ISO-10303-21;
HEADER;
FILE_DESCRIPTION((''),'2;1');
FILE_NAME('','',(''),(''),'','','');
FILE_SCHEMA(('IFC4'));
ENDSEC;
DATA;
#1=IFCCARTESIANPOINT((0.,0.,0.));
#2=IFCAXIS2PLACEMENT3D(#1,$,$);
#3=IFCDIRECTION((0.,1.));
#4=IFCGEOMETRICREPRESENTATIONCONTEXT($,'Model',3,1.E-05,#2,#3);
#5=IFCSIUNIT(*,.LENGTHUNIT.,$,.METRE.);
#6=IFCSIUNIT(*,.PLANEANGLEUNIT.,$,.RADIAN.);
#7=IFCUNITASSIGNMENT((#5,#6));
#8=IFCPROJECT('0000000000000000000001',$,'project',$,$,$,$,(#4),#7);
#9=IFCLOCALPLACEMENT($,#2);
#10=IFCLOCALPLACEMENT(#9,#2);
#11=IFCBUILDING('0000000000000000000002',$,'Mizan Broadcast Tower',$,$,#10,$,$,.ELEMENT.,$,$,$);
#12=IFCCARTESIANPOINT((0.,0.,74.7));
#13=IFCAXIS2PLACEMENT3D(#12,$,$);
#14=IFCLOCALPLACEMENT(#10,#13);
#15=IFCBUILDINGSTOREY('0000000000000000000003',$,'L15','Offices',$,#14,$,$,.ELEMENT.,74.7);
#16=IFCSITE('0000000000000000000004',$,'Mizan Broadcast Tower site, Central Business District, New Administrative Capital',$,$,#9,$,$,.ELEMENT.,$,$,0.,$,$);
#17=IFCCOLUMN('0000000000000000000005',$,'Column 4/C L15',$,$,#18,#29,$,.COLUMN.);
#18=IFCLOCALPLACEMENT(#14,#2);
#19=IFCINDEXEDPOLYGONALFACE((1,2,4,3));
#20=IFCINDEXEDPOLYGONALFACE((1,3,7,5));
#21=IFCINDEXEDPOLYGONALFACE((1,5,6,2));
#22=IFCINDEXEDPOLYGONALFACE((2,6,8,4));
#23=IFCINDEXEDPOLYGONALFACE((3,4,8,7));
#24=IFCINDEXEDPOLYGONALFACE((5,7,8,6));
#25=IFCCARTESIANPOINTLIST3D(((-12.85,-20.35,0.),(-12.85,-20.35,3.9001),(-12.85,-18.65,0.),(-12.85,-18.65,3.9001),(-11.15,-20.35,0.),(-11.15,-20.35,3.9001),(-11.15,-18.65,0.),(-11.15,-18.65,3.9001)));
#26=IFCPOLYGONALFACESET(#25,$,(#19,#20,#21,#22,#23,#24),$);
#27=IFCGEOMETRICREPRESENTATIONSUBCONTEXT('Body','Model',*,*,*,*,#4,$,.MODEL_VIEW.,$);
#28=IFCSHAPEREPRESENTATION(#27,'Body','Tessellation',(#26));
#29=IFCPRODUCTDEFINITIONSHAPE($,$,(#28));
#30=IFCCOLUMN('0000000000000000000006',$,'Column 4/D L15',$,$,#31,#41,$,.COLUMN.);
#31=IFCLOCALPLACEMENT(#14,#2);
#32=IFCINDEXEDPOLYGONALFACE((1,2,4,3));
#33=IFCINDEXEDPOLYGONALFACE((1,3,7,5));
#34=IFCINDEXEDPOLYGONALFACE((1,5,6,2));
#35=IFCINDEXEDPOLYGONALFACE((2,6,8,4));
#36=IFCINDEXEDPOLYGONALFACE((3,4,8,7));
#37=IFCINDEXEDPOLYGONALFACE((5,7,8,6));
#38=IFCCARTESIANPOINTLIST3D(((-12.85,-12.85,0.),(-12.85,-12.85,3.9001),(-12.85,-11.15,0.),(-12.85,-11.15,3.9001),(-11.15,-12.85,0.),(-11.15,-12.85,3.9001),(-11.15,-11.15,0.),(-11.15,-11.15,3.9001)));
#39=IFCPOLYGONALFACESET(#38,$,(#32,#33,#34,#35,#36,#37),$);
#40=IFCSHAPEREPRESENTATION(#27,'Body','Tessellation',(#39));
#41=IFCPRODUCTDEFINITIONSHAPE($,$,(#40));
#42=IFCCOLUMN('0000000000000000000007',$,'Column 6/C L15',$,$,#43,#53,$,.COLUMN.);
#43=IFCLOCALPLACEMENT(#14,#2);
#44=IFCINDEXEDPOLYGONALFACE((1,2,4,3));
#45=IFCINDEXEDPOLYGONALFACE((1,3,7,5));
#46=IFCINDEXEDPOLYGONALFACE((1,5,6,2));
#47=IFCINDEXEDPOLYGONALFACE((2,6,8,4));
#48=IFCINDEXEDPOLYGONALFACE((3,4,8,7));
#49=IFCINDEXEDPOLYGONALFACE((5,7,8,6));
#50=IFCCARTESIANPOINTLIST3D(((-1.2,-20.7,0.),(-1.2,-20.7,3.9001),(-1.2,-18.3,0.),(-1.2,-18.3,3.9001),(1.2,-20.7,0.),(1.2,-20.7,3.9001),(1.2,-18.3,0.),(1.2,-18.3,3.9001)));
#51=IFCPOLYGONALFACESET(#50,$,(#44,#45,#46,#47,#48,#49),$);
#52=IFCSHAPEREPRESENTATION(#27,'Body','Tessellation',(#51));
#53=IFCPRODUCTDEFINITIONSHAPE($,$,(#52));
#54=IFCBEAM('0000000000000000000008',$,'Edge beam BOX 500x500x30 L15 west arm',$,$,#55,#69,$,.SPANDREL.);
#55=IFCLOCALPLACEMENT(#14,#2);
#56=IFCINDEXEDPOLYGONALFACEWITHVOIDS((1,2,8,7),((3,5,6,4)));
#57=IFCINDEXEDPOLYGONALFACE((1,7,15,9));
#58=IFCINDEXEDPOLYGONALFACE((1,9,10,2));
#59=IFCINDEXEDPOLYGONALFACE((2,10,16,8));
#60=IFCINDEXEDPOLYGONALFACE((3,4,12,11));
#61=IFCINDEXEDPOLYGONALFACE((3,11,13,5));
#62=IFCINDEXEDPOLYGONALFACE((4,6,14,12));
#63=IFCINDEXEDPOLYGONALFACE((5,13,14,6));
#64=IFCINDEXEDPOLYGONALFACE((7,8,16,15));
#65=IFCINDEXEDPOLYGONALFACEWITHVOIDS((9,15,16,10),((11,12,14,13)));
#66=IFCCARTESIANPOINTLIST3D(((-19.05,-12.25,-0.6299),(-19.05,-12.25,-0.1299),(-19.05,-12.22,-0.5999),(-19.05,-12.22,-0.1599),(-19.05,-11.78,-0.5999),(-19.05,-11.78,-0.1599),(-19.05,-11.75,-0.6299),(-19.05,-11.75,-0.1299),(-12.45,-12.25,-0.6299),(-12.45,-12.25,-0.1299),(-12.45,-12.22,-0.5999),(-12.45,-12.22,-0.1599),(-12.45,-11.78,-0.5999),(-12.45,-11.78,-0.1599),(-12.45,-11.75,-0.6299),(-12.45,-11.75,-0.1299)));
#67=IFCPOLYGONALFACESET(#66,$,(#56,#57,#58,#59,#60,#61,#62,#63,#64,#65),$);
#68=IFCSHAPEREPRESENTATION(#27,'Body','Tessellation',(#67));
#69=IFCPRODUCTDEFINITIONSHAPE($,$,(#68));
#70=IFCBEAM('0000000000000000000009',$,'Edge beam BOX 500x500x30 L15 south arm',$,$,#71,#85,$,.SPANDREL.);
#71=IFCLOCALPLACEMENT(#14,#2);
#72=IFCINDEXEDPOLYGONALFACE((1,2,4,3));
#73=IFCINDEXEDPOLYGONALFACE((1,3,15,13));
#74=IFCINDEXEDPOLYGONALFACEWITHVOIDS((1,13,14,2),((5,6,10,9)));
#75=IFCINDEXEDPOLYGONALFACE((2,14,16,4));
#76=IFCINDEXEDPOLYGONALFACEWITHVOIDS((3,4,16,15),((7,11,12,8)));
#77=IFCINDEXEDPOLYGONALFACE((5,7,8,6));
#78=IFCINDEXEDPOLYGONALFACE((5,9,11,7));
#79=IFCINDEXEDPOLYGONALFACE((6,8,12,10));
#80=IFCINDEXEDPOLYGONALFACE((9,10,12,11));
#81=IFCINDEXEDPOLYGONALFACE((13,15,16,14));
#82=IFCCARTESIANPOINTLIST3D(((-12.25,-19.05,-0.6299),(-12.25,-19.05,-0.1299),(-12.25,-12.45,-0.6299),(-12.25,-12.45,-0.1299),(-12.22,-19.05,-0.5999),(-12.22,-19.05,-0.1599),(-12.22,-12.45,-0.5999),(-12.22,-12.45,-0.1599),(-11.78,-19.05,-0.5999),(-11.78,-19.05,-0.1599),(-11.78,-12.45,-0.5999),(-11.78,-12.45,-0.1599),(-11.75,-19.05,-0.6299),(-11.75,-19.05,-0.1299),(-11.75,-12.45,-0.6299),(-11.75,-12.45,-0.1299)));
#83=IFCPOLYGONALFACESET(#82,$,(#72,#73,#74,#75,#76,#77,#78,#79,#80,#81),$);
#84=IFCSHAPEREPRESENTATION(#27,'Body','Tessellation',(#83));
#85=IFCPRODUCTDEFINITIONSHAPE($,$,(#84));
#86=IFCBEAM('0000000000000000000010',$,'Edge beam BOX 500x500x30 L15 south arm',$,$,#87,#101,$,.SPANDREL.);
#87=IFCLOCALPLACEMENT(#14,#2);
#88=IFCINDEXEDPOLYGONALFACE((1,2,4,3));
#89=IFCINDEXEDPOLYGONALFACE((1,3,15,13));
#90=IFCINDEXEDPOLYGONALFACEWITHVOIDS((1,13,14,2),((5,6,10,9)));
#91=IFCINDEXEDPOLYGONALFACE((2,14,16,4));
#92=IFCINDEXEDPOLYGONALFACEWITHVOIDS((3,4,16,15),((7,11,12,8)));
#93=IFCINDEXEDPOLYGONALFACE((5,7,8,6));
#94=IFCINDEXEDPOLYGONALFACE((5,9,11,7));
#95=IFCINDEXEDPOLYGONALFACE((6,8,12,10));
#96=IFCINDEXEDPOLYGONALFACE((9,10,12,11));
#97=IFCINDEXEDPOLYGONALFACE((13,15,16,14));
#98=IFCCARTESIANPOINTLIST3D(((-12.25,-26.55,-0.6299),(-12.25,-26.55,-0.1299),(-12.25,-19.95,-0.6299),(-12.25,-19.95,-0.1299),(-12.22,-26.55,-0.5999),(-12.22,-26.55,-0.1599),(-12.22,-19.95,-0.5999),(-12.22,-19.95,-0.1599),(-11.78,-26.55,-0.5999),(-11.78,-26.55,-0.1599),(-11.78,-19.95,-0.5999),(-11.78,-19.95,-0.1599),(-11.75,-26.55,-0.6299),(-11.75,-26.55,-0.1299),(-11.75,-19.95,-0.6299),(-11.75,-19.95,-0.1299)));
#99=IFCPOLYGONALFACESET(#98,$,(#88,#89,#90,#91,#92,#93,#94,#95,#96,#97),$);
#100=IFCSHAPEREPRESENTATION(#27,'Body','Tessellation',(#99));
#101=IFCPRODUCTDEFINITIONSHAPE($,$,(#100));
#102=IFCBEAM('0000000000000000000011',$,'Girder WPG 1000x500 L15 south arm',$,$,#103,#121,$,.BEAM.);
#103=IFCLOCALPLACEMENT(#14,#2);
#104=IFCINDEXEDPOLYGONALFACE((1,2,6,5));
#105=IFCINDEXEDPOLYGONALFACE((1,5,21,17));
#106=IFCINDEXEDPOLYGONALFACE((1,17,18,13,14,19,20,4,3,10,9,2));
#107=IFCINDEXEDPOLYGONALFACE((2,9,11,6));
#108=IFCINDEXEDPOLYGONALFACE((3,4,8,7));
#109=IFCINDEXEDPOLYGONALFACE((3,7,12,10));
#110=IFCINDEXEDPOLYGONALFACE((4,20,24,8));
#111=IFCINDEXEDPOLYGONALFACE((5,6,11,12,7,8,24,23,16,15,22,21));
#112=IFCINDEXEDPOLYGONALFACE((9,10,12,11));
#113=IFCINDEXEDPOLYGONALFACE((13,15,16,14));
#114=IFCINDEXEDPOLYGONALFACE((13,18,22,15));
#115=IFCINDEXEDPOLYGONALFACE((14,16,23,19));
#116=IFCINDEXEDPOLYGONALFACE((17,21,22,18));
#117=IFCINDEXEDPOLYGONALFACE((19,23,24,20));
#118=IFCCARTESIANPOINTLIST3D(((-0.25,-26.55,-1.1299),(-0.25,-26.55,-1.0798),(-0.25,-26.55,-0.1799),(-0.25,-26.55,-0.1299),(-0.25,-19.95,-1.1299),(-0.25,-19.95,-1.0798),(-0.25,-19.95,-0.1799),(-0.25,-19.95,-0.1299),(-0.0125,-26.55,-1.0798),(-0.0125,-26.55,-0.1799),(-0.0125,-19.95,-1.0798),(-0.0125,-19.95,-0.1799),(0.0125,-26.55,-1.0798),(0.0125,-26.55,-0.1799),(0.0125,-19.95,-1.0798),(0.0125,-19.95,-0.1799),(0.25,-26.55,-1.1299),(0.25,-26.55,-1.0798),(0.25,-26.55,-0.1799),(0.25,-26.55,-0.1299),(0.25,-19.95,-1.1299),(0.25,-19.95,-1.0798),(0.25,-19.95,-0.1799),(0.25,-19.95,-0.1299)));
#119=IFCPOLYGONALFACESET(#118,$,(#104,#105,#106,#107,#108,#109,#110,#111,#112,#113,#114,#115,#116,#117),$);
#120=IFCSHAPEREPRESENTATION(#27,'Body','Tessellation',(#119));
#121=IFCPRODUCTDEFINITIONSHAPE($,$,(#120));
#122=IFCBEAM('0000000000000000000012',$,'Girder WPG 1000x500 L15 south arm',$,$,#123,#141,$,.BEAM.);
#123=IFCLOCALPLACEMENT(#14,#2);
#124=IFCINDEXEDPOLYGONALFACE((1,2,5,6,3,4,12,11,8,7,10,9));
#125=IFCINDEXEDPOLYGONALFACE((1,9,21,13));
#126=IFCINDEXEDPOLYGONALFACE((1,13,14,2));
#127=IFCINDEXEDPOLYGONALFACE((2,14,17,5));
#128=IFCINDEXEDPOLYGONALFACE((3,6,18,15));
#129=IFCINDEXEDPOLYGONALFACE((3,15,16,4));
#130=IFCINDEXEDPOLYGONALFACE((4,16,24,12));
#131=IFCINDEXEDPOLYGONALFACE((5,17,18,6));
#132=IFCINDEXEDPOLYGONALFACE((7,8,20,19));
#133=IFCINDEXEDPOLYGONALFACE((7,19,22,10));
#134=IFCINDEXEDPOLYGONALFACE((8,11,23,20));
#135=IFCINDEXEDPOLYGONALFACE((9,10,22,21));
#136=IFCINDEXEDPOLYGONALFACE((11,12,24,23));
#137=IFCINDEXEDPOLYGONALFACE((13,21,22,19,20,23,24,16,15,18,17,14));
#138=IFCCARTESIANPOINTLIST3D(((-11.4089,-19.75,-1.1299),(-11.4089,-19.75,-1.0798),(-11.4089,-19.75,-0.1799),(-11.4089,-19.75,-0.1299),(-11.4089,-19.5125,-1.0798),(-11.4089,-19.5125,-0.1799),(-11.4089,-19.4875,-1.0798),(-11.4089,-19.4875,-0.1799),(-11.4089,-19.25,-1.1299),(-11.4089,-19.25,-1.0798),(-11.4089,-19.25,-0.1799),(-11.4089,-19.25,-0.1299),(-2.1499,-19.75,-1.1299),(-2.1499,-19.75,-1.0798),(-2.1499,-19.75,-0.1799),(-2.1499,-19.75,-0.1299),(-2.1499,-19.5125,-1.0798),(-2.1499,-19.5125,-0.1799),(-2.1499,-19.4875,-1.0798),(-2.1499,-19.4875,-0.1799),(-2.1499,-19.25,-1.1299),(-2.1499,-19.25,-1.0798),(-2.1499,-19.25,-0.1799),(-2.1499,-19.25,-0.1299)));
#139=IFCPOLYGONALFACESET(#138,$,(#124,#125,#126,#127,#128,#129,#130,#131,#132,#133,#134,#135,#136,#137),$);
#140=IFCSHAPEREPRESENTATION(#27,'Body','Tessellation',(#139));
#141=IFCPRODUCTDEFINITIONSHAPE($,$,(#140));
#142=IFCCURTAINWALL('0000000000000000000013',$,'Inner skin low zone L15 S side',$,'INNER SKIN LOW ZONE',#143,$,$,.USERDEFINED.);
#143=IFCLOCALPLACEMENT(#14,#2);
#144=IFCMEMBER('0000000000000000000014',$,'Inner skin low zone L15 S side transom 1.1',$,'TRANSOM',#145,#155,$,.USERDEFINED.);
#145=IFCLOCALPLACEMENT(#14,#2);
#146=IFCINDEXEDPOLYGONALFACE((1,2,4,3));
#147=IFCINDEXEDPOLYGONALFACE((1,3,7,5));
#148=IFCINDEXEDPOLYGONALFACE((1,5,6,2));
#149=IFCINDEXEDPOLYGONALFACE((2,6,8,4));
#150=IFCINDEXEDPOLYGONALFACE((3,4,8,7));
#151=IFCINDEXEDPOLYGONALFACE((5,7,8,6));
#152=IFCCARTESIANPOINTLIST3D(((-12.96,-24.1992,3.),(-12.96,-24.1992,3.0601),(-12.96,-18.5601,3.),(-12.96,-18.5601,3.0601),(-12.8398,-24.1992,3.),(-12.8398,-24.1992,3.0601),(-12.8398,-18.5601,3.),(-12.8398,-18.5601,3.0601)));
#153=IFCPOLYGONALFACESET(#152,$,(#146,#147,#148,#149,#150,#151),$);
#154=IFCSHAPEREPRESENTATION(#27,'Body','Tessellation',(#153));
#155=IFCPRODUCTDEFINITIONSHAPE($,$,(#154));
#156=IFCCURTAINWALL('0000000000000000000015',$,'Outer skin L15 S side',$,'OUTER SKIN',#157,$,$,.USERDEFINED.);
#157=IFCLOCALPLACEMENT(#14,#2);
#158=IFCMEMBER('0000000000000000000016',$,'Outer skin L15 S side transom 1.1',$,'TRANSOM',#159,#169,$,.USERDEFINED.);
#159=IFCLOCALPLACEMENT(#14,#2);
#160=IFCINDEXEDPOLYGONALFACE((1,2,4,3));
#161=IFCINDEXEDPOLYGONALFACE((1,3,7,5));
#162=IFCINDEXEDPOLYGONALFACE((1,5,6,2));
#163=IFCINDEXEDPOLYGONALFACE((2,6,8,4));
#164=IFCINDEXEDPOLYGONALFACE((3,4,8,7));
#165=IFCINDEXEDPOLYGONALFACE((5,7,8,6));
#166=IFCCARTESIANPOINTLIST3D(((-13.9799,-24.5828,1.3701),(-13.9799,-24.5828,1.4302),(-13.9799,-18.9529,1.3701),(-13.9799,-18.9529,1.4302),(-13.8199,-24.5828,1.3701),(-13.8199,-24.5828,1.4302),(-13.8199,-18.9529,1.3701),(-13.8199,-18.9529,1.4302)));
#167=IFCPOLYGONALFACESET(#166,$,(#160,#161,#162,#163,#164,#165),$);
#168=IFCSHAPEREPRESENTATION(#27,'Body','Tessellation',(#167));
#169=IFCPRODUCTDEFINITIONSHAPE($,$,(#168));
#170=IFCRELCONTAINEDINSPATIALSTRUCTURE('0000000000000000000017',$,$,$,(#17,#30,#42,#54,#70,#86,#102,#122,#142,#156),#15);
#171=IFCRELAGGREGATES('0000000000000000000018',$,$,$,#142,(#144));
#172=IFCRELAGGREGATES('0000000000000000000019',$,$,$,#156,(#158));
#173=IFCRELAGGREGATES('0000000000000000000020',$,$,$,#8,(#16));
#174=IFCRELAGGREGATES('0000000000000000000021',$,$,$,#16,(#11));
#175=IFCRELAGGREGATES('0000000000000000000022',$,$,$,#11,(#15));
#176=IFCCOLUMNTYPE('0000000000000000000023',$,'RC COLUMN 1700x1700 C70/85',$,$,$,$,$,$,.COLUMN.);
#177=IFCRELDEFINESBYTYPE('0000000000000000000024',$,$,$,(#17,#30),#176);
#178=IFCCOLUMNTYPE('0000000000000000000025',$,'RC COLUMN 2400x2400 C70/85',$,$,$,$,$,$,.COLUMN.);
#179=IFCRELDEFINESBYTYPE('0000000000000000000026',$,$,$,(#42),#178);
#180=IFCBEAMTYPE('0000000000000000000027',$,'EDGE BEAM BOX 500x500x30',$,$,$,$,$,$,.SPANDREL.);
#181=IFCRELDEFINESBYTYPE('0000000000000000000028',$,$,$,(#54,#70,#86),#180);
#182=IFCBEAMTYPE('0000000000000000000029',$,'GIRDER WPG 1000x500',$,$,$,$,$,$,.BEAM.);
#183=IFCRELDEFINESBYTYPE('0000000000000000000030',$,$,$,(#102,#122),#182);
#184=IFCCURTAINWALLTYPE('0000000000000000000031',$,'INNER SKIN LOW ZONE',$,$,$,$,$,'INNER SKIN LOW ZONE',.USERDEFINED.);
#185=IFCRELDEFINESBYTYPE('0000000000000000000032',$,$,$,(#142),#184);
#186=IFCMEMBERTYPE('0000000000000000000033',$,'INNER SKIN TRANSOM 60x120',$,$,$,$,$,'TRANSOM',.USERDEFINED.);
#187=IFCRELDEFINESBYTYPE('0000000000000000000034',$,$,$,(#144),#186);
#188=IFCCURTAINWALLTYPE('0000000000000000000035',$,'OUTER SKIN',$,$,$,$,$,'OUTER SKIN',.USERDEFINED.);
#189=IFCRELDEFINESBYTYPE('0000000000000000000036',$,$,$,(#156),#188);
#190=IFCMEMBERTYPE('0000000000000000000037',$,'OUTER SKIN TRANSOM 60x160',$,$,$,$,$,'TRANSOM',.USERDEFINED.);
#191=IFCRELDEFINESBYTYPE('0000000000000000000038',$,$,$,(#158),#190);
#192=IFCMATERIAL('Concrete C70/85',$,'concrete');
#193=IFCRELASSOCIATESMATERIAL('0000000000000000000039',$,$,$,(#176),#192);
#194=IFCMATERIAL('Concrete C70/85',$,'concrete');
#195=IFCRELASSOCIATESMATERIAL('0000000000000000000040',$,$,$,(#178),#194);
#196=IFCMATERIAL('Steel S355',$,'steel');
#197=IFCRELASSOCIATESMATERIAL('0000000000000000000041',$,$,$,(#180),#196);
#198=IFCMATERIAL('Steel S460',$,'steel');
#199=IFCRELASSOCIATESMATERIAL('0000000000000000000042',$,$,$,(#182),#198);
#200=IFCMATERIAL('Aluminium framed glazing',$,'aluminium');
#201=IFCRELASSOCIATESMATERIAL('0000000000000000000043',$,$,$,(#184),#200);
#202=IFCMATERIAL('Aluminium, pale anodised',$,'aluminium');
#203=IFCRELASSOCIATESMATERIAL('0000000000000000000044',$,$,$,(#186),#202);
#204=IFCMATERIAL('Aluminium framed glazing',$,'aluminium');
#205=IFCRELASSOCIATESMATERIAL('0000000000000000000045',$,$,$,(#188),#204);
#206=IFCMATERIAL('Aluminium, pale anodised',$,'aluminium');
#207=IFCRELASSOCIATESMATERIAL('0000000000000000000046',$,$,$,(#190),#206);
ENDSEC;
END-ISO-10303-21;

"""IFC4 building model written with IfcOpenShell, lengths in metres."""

from ifc_helpers import new_model, si_unit, direction, frame, origin, origin_2d, place, context, subcontext, project, spatial, rectangle, hollow_rectangle, i_section, extrude, material, material_profile, profile_set, type_object, element, aggregate, save


model = new_model("IFC4")

# Units and contexts
model_context = context("Model", 3, precision=1e-05, world=origin(), true_north=direction((0.0, 1.0)))
body_context = subcontext(model_context, "Body", "Model", "MODEL_VIEW")
ifc_project = project(units=[si_unit("LENGTHUNIT", "METRE"), si_unit("PLANEANGLEUNIT", "RADIAN")], contexts=[model_context])

# Site, building, storey
site_placement = place(None, origin())
site = spatial("IfcSite", under=ifc_project, at=site_placement, Name="Mizan Broadcast Tower site, Central Business District, New Administrative Capital", CompositionType="ELEMENT", RefElevation=0.0)
building_placement = place(site_placement, origin())
building = spatial("IfcBuilding", under=site, at=building_placement, Name="Mizan Broadcast Tower", CompositionType="ELEMENT")
storey_placement = place(building_placement, frame((0.0, 0.0, 74.7)))
storey = spatial("IfcBuildingStorey", under=building, at=storey_placement, Name="L15", Description="Offices", CompositionType="ELEMENT", Elevation=74.7)

# Columns
ifc_material_1 = material(Name="Concrete C70/85", Category="concrete")
ifc_material_profile_1 = material_profile(ifc_material_1, rectangle(XDim=1.7, YDim=1.7, at=origin_2d()), Name="RC 1700x1700")
ifc_profile_set_1 = profile_set([ifc_material_profile_1], Name="Concrete C70/85")
column_type_1 = type_object("IfcColumnType", Name="RC COLUMN 1700x1700 C70/85", PredefinedType="COLUMN", material=ifc_profile_set_1)
for number, where, z_axis, x_axis, name in (
    (1, (-12.0, -19.5, 0.0), (0.0, 0.0, 1.0), (1.0, 0.0, 0.0), "Column 4/C L15"),
    (2, (-12.0, -12.0, 0.0), (0.0, 0.0, 1.0), (1.0, 0.0, 0.0), "Column 4/D L15"),
):
    element("IfcColumn", number, at=place(storey_placement, frame(where, z_axis=z_axis, x_axis=x_axis)), inside=storey, type_object=column_type_1, Name=name, PredefinedType="COLUMN", context=body_context, shape_type="SweptSolid", body=[
        extrude(rectangle(XDim=1.7, YDim=1.7, at=origin_2d()), origin(), (0.0, 0.0, 1.0), 3.9001),
    ])
ifc_material_2 = material(Name="Concrete C70/85", Category="concrete")
ifc_material_profile_2 = material_profile(ifc_material_2, rectangle(XDim=2.3999, YDim=2.3999, at=origin_2d()), Name="RC 2400x2400")
ifc_profile_set_2 = profile_set([ifc_material_profile_2], Name="Concrete C70/85")
column_type_2 = type_object("IfcColumnType", Name="RC COLUMN 2400x2400 C70/85", PredefinedType="COLUMN", material=ifc_profile_set_2)
column_placement = place(storey_placement, frame((0.0, -19.5, 0.0), z_axis=(0.0, 0.0, 1.0), x_axis=(1.0, 0.0, 0.0)))
element("IfcColumn", 3, at=column_placement, inside=storey, type_object=column_type_2, Name="Column 6/C L15", PredefinedType="COLUMN", context=body_context, shape_type="SweptSolid", body=[
    extrude(rectangle(XDim=2.3999, YDim=2.3999, at=origin_2d()), origin(), (0.0, 0.0, 1.0), 3.9001),
])

# Beams
ifc_material_3 = material(Name="Steel S355", Category="steel")
ifc_material_profile_3 = material_profile(ifc_material_3, hollow_rectangle(XDim=0.5, YDim=0.5, WallThickness=0.03, at=origin_2d()), Name="BOX 500x500x30")
ifc_profile_set_3 = profile_set([ifc_material_profile_3], Name="Steel S355")
beam_type_1 = type_object("IfcBeamType", Name="EDGE BEAM BOX 500x500x30", PredefinedType="SPANDREL", material=ifc_profile_set_3)
for number, where, z_axis, x_axis, name in (
    (4, (-12.45, -12.0, -0.3799), (-1.0, 0.0, 0.0), (0.0, -1.0, 0.0), "Edge beam BOX 500x500x30 L15 west arm"),
    (5, (-12.0, -12.45, -0.3799), (0.0, -1.0, 0.0), (1.0, 0.0, 0.0), "Edge beam BOX 500x500x30 L15 south arm"),
    (6, (-12.0, -19.95, -0.3799), (0.0, -1.0, 0.0), (1.0, 0.0, 0.0), "Edge beam BOX 500x500x30 L15 south arm"),
):
    element("IfcBeam", number, at=place(storey_placement, frame(where, z_axis=z_axis, x_axis=x_axis)), inside=storey, type_object=beam_type_1, Name=name, PredefinedType="SPANDREL", context=body_context, shape_type="SweptSolid", body=[
        extrude(hollow_rectangle(XDim=0.5, YDim=0.5, WallThickness=0.03, at=origin_2d()), origin(), (0.0, 0.0, 1.0), 6.6001),
    ])
ifc_material_4 = material(Name="Steel S460", Category="steel")
ifc_material_profile_4 = material_profile(ifc_material_4, i_section(OverallWidth=0.5, OverallDepth=1.0, WebThickness=0.0249, FlangeThickness=0.05, at=origin_2d()), Name="WPG 1000x500")
ifc_profile_set_4 = profile_set([ifc_material_profile_4], Name="Steel S460")
beam_type_2 = type_object("IfcBeamType", Name="GIRDER WPG 1000x500", PredefinedType="BEAM", material=ifc_profile_set_4)
beam_1_placement = place(storey_placement, frame((0.0, -19.95, -0.6299), z_axis=(0.0, -1.0, 0.0), x_axis=(1.0, 0.0, 0.0)))
element("IfcBeam", 7, at=beam_1_placement, inside=storey, type_object=beam_type_2, Name="Girder WPG 1000x500 L15 south arm", PredefinedType="BEAM", context=body_context, shape_type="SweptSolid", body=[
    extrude(i_section(OverallWidth=0.5, OverallDepth=1.0, WebThickness=0.0249, FlangeThickness=0.05, at=origin_2d()), origin(), (0.0, 0.0, 1.0), 6.6001),
])
beam_2_placement = place(storey_placement, frame((-11.4089, -19.5, -0.6299), z_axis=(1.0, 0.0, 0.0), x_axis=(0.0, 1.0, 0.0)))
element("IfcBeam", 8, at=beam_2_placement, inside=storey, type_object=beam_type_2, Name="Girder WPG 1000x500 L15 south arm", PredefinedType="BEAM", context=body_context, shape_type="SweptSolid", body=[
    extrude(i_section(OverallWidth=0.5, OverallDepth=1.0, WebThickness=0.0249, FlangeThickness=0.05, at=origin_2d()), origin(), (0.0, 0.0, 1.0), 9.259),
])

# Curtain walls, members
ifc_material_5 = material(Name="Aluminium framed glazing", Category="aluminium")
curtain_wall_type_1 = type_object("IfcCurtainWallType", Name="INNER SKIN LOW ZONE", ElementType="INNER SKIN LOW ZONE", PredefinedType="USERDEFINED", material=ifc_material_5)
curtain_wall_1_placement = place(storey_placement, origin())
curtain_wall_1 = element("IfcCurtainWall", 9, at=curtain_wall_1_placement, inside=storey, type_object=curtain_wall_type_1, Name="Inner skin low zone L15 S side", ObjectType="INNER SKIN LOW ZONE", PredefinedType="USERDEFINED")
ifc_material_6 = material(Name="Aluminium, pale anodised", Category="aluminium")
ifc_material_profile_5 = material_profile(ifc_material_6, rectangle(XDim=0.1201, YDim=0.0601, at=origin_2d()), Name="TRANSOM 120x60")
ifc_profile_set_5 = profile_set([ifc_material_profile_5], Name="Aluminium, pale anodised")
member_type_1 = type_object("IfcMemberType", Name="INNER SKIN TRANSOM 60x120", ElementType="TRANSOM", PredefinedType="USERDEFINED", material=ifc_profile_set_5)
member_1_placement = place(storey_placement, frame((-12.8999, -18.5601, 3.03), z_axis=(0.0, -1.0, 0.0), x_axis=(1.0, 0.0, 0.0)))
member_1 = element("IfcMember", 10, at=member_1_placement, type_object=member_type_1, Name="Inner skin low zone L15 S side transom 1.1", ObjectType="TRANSOM", PredefinedType="USERDEFINED", context=body_context, shape_type="SweptSolid", body=[
    extrude(rectangle(XDim=0.1201, YDim=0.0601, at=origin_2d()), origin(), (0.0, 0.0, 1.0), 5.6392),
])
ifc_material_7 = material(Name="Aluminium framed glazing", Category="aluminium")
curtain_wall_type_2 = type_object("IfcCurtainWallType", Name="OUTER SKIN", ElementType="OUTER SKIN", PredefinedType="USERDEFINED", material=ifc_material_7)
curtain_wall_2_placement = place(storey_placement, origin())
curtain_wall_2 = element("IfcCurtainWall", 11, at=curtain_wall_2_placement, inside=storey, type_object=curtain_wall_type_2, Name="Outer skin L15 S side", ObjectType="OUTER SKIN", PredefinedType="USERDEFINED")
ifc_material_8 = material(Name="Aluminium, pale anodised", Category="aluminium")
ifc_material_profile_6 = material_profile(ifc_material_8, rectangle(XDim=0.1599, YDim=0.0601, at=origin_2d()), Name="TRANSOM 160x60")
ifc_profile_set_6 = profile_set([ifc_material_profile_6], Name="Aluminium, pale anodised")
member_type_2 = type_object("IfcMemberType", Name="OUTER SKIN TRANSOM 60x160", ElementType="TRANSOM", PredefinedType="USERDEFINED", material=ifc_profile_set_6)
member_2_placement = place(storey_placement, frame((-13.8999, -18.9529, 1.4001), z_axis=(0.0, -1.0, 0.0), x_axis=(1.0, 0.0, 0.0)))
member_2 = element("IfcMember", 12, at=member_2_placement, type_object=member_type_2, Name="Outer skin L15 S side transom 1.1", ObjectType="TRANSOM", PredefinedType="USERDEFINED", context=body_context, shape_type="SweptSolid", body=[
    extrude(rectangle(XDim=0.1599, YDim=0.0601, at=origin_2d()), origin(), (0.0, 0.0, 1.0), 5.6299),
])

aggregate(curtain_wall_1, [member_1])
aggregate(curtain_wall_2, [member_2])

save(model, "model.ifc")
